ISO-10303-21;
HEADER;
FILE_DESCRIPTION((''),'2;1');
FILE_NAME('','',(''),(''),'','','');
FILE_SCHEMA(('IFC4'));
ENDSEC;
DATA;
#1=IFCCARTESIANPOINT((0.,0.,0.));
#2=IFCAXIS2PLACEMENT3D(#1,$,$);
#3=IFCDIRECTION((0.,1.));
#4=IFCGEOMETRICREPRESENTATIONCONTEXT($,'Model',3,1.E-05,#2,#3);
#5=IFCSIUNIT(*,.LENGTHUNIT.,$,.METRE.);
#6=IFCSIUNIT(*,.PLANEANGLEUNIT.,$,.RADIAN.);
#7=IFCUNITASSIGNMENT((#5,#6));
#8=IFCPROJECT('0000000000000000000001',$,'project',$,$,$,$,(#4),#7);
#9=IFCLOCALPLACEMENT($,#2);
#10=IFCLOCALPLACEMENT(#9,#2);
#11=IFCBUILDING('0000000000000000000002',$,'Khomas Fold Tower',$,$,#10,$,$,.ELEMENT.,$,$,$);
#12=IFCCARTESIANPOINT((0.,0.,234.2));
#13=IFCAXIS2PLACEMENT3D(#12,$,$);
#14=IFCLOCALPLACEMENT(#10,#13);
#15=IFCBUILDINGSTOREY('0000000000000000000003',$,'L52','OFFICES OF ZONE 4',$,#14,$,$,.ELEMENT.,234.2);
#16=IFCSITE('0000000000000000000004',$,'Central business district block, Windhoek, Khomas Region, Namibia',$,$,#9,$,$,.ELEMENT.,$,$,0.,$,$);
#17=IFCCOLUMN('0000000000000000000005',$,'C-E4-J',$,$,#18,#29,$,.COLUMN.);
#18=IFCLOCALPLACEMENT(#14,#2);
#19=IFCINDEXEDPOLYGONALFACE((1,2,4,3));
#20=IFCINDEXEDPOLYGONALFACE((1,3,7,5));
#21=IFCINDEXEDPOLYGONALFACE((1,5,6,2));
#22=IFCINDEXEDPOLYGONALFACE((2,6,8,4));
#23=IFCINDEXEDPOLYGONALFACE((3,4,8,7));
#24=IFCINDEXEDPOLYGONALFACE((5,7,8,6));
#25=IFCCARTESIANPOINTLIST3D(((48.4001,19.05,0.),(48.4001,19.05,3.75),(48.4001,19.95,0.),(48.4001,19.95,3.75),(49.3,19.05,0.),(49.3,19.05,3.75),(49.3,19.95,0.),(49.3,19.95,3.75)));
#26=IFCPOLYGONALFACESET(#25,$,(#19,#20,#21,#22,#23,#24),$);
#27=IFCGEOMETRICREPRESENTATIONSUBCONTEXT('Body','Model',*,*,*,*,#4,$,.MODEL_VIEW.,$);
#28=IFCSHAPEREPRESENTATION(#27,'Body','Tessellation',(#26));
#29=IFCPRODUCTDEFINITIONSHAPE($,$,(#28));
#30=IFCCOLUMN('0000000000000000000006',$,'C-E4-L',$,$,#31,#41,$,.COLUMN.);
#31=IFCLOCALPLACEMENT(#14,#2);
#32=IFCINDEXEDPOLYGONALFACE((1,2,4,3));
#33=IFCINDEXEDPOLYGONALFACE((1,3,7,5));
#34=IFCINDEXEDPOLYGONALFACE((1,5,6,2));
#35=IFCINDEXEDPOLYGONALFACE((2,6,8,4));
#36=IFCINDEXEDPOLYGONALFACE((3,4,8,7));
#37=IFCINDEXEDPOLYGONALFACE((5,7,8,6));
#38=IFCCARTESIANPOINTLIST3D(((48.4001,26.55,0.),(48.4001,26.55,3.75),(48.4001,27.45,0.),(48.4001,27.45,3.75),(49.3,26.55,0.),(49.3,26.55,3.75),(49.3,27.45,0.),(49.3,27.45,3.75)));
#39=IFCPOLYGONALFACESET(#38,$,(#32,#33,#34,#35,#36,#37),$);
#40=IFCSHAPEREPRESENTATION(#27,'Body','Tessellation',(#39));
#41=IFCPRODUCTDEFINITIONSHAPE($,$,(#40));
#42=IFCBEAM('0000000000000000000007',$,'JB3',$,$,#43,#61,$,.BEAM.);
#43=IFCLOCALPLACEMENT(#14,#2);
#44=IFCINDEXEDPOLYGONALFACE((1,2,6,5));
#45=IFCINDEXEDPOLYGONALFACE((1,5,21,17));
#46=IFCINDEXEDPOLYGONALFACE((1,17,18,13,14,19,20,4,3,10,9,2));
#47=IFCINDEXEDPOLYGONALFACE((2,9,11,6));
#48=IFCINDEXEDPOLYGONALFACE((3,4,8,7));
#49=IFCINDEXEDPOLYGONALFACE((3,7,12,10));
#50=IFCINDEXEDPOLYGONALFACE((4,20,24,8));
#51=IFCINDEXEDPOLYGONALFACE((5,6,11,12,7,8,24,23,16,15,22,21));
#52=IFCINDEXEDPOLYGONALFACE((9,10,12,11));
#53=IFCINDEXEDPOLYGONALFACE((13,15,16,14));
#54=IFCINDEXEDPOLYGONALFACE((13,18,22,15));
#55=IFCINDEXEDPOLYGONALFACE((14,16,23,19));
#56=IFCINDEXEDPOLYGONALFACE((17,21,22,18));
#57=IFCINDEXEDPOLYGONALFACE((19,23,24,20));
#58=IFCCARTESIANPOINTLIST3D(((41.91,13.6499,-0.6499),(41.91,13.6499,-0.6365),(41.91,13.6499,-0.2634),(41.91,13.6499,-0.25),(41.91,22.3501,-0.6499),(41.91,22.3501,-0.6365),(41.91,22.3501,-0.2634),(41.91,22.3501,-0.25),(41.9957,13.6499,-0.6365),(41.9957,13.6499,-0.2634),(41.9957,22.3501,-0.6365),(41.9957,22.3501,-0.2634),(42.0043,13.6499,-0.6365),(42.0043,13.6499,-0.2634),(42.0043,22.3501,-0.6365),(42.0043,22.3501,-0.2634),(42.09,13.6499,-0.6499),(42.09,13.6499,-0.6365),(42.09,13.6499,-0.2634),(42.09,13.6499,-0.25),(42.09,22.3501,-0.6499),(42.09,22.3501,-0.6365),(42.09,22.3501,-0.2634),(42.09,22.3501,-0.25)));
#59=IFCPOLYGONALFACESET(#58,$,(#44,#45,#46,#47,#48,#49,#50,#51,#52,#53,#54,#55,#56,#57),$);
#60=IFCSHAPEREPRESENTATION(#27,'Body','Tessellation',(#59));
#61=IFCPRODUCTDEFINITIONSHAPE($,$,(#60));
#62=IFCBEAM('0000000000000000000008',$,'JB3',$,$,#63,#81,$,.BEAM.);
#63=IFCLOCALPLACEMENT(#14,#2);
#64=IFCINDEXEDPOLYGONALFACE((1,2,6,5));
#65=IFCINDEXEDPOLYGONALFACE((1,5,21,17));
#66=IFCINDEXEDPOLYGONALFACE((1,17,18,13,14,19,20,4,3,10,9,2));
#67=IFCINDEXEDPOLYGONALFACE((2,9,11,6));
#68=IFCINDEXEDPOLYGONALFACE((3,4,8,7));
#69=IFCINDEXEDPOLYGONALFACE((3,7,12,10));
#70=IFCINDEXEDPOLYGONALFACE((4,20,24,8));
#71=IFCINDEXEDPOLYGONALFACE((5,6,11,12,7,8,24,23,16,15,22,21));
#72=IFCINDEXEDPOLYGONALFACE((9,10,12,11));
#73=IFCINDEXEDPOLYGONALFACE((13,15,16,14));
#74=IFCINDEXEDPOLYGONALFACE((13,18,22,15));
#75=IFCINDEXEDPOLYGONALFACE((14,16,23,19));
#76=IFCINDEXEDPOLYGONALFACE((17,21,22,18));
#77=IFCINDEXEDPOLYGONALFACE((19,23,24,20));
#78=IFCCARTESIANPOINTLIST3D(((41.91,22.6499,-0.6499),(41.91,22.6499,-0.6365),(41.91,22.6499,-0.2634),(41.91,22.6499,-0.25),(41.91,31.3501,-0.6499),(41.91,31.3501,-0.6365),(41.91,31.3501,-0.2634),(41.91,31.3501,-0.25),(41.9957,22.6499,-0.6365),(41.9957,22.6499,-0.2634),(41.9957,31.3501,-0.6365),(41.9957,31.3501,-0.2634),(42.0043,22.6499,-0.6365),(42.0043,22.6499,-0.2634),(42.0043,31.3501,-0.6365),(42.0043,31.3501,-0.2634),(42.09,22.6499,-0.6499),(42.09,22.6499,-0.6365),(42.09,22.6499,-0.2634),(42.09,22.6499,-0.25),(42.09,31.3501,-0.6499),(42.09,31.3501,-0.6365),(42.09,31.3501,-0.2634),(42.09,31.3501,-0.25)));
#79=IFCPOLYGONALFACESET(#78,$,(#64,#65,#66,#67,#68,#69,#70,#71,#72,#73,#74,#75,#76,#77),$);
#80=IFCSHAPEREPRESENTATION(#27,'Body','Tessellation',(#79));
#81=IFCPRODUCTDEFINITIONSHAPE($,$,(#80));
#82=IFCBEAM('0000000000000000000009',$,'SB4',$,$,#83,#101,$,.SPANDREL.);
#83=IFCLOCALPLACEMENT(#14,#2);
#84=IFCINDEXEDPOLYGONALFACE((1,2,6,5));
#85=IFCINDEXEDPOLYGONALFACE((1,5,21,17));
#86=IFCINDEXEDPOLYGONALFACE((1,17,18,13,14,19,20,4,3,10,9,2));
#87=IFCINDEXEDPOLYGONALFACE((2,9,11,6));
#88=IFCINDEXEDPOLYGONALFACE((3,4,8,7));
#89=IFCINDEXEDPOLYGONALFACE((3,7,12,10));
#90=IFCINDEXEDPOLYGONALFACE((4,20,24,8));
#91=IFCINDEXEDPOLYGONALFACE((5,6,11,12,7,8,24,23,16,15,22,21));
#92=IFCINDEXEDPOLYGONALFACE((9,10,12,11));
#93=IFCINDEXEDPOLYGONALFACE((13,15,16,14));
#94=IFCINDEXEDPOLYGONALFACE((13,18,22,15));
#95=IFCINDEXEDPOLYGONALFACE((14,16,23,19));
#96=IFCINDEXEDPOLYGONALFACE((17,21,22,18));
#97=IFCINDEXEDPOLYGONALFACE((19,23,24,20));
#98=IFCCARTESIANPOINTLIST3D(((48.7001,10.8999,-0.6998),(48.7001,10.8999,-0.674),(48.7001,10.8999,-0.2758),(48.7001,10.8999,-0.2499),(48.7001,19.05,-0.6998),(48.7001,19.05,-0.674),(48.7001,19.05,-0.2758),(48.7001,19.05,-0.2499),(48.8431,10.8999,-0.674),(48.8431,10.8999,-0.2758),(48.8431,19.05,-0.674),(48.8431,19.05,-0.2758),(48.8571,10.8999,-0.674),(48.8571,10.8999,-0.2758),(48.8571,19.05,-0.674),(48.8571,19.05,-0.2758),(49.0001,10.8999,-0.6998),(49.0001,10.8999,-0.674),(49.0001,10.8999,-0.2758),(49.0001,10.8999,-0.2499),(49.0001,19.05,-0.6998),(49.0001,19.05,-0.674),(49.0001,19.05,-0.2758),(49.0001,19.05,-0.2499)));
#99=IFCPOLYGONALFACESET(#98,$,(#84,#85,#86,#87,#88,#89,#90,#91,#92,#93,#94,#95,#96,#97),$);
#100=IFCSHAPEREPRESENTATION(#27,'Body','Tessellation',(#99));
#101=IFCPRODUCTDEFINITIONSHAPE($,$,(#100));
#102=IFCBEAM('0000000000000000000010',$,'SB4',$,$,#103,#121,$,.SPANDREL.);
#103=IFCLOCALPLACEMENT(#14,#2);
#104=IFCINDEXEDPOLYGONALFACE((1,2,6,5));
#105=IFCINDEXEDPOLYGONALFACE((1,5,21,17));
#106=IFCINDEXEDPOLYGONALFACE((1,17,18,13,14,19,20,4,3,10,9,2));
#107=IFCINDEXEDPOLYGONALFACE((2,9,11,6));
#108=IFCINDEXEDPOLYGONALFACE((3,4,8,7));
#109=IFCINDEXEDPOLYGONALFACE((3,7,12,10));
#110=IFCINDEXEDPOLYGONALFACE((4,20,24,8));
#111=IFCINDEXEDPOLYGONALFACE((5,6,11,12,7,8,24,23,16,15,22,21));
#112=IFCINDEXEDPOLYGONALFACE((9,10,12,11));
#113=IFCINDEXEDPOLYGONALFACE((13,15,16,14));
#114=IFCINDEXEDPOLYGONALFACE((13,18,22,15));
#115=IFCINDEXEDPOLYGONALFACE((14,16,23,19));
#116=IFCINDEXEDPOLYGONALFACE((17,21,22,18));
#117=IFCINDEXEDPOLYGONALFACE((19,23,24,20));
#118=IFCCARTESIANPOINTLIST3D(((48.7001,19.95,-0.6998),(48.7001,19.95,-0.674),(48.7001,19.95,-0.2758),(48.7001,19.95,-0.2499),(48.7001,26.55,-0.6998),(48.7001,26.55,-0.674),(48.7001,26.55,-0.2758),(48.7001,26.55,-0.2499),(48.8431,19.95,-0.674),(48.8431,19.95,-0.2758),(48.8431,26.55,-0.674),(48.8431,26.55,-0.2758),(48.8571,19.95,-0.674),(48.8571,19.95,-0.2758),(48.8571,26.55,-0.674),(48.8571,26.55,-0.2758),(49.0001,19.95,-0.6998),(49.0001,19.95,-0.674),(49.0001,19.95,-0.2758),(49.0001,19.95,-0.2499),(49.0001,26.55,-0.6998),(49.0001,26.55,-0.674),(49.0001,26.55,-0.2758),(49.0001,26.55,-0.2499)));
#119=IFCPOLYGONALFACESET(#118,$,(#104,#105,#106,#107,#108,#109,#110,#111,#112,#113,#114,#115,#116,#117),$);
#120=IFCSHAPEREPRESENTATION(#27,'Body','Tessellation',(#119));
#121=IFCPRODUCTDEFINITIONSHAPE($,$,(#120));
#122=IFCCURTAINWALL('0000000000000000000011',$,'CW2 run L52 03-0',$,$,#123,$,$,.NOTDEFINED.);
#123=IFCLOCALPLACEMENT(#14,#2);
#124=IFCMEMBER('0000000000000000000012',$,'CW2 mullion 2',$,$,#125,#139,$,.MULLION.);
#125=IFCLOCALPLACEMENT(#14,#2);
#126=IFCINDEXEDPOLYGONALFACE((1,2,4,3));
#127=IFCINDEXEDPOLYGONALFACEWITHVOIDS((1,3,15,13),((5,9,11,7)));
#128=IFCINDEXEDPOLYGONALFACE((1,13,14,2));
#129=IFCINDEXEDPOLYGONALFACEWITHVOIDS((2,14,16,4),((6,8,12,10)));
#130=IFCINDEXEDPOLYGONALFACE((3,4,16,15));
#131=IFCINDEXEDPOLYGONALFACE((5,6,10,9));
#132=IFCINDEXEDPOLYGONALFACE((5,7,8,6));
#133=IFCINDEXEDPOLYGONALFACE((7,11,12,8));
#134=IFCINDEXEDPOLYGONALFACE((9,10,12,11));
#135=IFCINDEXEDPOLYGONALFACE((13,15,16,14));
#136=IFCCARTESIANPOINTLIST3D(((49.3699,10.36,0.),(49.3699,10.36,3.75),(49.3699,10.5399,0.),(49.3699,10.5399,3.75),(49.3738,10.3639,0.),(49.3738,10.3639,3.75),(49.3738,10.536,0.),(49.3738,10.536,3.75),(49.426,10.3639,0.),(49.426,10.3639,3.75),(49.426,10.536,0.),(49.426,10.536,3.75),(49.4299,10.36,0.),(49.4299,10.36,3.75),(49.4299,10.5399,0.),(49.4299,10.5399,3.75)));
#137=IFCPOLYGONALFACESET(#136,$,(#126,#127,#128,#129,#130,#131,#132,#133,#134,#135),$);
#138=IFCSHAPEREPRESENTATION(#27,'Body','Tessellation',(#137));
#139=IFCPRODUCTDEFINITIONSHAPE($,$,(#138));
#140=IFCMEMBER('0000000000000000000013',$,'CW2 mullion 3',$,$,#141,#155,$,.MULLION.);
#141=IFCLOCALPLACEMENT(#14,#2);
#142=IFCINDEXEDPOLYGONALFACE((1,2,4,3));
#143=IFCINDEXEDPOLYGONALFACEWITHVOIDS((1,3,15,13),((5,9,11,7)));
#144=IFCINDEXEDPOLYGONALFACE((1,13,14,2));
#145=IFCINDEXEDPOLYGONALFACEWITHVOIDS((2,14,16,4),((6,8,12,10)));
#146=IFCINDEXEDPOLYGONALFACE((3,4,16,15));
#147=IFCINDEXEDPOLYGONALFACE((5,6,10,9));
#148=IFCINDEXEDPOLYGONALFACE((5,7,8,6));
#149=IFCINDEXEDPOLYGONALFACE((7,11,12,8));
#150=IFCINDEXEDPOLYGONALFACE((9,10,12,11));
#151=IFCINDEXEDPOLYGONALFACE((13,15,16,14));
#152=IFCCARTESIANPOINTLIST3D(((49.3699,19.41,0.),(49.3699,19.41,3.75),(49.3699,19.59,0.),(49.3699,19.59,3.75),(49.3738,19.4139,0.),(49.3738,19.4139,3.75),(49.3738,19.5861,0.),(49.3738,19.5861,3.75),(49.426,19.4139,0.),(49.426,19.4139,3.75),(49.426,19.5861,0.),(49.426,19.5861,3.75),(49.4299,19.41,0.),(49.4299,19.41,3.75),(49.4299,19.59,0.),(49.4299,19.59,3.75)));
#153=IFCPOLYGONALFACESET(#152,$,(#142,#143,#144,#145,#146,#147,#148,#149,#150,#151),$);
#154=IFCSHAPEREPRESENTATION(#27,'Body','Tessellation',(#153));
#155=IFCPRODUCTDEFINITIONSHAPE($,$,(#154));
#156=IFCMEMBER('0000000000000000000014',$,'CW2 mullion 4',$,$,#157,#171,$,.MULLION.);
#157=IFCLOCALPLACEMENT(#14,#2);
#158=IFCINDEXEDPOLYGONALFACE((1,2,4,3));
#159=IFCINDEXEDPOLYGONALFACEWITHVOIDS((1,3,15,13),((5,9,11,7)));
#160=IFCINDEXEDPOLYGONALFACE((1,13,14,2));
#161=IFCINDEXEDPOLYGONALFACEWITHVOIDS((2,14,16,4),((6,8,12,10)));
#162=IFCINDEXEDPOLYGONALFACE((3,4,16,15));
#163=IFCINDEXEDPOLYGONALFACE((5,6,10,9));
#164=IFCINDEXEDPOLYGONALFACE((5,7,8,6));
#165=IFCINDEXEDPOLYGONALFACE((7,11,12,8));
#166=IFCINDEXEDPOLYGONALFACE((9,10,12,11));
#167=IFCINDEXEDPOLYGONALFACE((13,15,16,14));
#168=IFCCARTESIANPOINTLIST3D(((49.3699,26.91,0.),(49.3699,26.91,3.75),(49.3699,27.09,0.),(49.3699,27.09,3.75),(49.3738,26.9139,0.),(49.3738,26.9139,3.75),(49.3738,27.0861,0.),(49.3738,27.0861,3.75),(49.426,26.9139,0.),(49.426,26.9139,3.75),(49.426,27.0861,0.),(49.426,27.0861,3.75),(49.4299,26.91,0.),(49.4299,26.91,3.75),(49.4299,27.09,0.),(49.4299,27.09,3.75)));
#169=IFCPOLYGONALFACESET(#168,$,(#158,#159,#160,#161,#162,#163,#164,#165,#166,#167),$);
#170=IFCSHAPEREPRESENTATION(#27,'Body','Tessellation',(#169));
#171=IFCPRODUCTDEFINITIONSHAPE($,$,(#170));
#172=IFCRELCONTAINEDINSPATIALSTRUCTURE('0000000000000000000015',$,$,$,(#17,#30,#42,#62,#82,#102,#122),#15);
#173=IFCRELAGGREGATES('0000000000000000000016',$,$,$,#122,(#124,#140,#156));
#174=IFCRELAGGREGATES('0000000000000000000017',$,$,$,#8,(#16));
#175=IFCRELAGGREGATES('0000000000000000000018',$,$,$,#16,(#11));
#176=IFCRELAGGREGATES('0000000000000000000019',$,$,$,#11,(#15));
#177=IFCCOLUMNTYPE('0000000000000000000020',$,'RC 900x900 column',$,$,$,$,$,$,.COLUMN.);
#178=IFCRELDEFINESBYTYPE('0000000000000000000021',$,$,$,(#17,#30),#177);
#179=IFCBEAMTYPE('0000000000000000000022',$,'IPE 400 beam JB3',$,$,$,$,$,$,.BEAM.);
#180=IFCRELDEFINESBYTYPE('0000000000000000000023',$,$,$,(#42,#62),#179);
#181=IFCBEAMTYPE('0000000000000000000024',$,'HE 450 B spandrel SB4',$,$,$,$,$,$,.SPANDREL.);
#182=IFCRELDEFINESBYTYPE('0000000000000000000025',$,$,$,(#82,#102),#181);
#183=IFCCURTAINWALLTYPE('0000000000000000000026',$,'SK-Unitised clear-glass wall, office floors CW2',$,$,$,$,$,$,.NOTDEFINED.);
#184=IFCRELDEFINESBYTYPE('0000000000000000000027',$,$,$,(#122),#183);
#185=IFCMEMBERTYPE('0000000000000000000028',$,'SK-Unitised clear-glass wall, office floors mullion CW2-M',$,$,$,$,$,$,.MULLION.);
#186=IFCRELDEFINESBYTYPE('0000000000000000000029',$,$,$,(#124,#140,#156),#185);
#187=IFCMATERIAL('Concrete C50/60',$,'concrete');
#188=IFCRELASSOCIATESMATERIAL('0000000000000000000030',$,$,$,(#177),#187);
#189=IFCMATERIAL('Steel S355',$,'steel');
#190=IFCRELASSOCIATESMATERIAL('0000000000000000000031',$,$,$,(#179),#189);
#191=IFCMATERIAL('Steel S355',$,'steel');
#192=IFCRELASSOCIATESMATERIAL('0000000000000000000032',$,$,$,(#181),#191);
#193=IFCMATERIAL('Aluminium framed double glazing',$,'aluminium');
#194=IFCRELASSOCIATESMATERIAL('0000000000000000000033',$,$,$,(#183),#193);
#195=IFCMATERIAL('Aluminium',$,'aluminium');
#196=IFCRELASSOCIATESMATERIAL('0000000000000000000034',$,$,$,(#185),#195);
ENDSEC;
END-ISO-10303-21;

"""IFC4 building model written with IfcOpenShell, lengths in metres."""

from ifc_helpers import new_model, si_unit, direction, frame, origin, origin_2d, place, context, subcontext, project, spatial, rectangle, hollow_rectangle, i_section, extrude, source, transform, mapped, material, material_profile, profile_set, type_object, element, aggregate, save


model = new_model("IFC4")

# Units and contexts
model_context = context("Model", 3, precision=1e-05, world=origin(), true_north=direction((0.0, 1.0)))
body_context = subcontext(model_context, "Body", "Model", "MODEL_VIEW")
ifc_project = project(units=[si_unit("LENGTHUNIT", "METRE"), si_unit("PLANEANGLEUNIT", "RADIAN")], contexts=[model_context])

# Site, building, storey
site_placement = place(None, origin())
site = spatial("IfcSite", under=ifc_project, at=site_placement, Name="Central business district block, Windhoek, Khomas Region, Namibia", CompositionType="ELEMENT", RefElevation=0.0)
building_placement = place(site_placement, origin())
building = spatial("IfcBuilding", under=site, at=building_placement, Name="Khomas Fold Tower", CompositionType="ELEMENT")
storey_placement = place(building_placement, frame((0.0, 0.0, 234.2)))
storey = spatial("IfcBuildingStorey", under=building, at=storey_placement, Name="L52", Description="OFFICES OF ZONE 4", CompositionType="ELEMENT", Elevation=234.2)

# Columns
ifc_material_1 = material(Name="Concrete C50/60", Category="concrete")
ifc_material_profile_1 = material_profile(ifc_material_1, rectangle(XDim=0.8999, YDim=0.8999, at=origin_2d()), Name="RC 900x900")
ifc_profile_set_1 = profile_set([ifc_material_profile_1], Name="Concrete C50/60")
column_type = type_object("IfcColumnType", Name="RC 900x900 column", PredefinedType="COLUMN", material=ifc_profile_set_1)
shared_shape_1 = source(origin(), body_context, "Body", "SweptSolid", [
    extrude(rectangle(XDim=0.8999, YDim=0.8999, at=origin_2d()), origin(), (0.0, 0.0, 1.0), 3.75),
])
for number, where, z_axis, x_axis, name in (
    (1, (48.8501, 19.5, 0.0), (0.0, 0.0, 1.0), (1.0, 0.0, 0.0), "C-E4-J"),
    (2, (48.8501, 27.0, 0.0), (0.0, 0.0, 1.0), (1.0, 0.0, 0.0), "C-E4-L"),
):
    element("IfcColumn", number, at=place(storey_placement, frame(where, z_axis=z_axis, x_axis=x_axis)), inside=storey, type_object=column_type, Name=name, PredefinedType="COLUMN", context=body_context, shape_type="MappedRepresentation", body=[
        mapped(shared_shape_1, transform((0.0, 0.0, 0.0))),
    ])

# Beams
ifc_material_2 = material(Name="Steel S355", Category="steel")
ifc_material_profile_2 = material_profile(ifc_material_2, i_section(OverallWidth=0.1799, OverallDepth=0.3999, WebThickness=0.0085, FlangeThickness=0.0134, at=origin_2d()), Name="IPE 400")
ifc_profile_set_2 = profile_set([ifc_material_profile_2], Name="Steel S355")
beam_type_1 = type_object("IfcBeamType", Name="IPE 400 beam JB3", PredefinedType="BEAM", material=ifc_profile_set_2)
shared_shape_2 = source(origin(), body_context, "Body", "SweptSolid", [
    extrude(i_section(OverallWidth=0.1799, OverallDepth=0.3999, WebThickness=0.0085, FlangeThickness=0.0134, at=origin_2d()), origin(), (0.0, 0.0, 1.0), 8.7002),
])
for number, where, z_axis, x_axis, name in (
    (3, (42.0, 13.6499, -0.45), (0.0, 1.0, 0.0), (-1.0, 0.0, 0.0), "JB3"),
    (4, (42.0, 22.6499, -0.45), (0.0, 1.0, 0.0), (-1.0, 0.0, 0.0), "JB3"),
):
    element("IfcBeam", number, at=place(storey_placement, frame(where, z_axis=z_axis, x_axis=x_axis)), inside=storey, type_object=beam_type_1, Name=name, PredefinedType="BEAM", context=body_context, shape_type="MappedRepresentation", body=[
        mapped(shared_shape_2, transform((0.0, 0.0, 0.0))),
    ])
ifc_material_3 = material(Name="Steel S355", Category="steel")
ifc_material_profile_3 = material_profile(ifc_material_3, i_section(OverallWidth=0.3, OverallDepth=0.45, WebThickness=0.0139, FlangeThickness=0.0259, at=origin_2d()), Name="HE 450 B")
ifc_profile_set_3 = profile_set([ifc_material_profile_3], Name="Steel S355")
beam_type_2 = type_object("IfcBeamType", Name="HE 450 B spandrel SB4", PredefinedType="SPANDREL", material=ifc_profile_set_3)
shared_shape_3 = source(origin(), body_context, "Body", "SweptSolid", [
    extrude(i_section(OverallWidth=0.3, OverallDepth=0.45, WebThickness=0.0139, FlangeThickness=0.0259, at=origin_2d()), origin(), (0.0, 0.0, 1.0), 8.1501),
])
beam_1_placement = place(storey_placement, frame((48.8501, 10.8999, -0.4749), z_axis=(0.0, 1.0, 0.0), x_axis=(-1.0, 0.0, 0.0)))
element("IfcBeam", 5, at=beam_1_placement, inside=storey, type_object=beam_type_2, Name="SB4", PredefinedType="SPANDREL", context=body_context, shape_type="MappedRepresentation", body=[
    mapped(shared_shape_3, transform((0.0, 0.0, 0.0))),
])
shared_shape_4 = source(origin(), body_context, "Body", "SweptSolid", [
    extrude(i_section(OverallWidth=0.3, OverallDepth=0.45, WebThickness=0.0139, FlangeThickness=0.0259, at=origin_2d()), origin(), (0.0, 0.0, 1.0), 6.6001),
])
beam_2_placement = place(storey_placement, frame((48.8501, 19.95, -0.4749), z_axis=(0.0, 1.0, 0.0), x_axis=(-1.0, 0.0, 0.0)))
element("IfcBeam", 6, at=beam_2_placement, inside=storey, type_object=beam_type_2, Name="SB4", PredefinedType="SPANDREL", context=body_context, shape_type="MappedRepresentation", body=[
    mapped(shared_shape_4, transform((0.0, 0.0, 0.0))),
])

# Curtain wall, members
ifc_material_4 = material(Name="Aluminium framed double glazing", Category="aluminium")
curtain_wall_type = type_object("IfcCurtainWallType", Name="SK-Unitised clear-glass wall, office floors CW2", PredefinedType="NOTDEFINED", material=ifc_material_4)
curtain_wall_placement = place(storey_placement, origin())
curtain_wall = element("IfcCurtainWall", 7, at=curtain_wall_placement, inside=storey, type_object=curtain_wall_type, Name="CW2 run L52 03-0", PredefinedType="NOTDEFINED")
ifc_material_5 = material(Name="Aluminium", Category="aluminium")
ifc_material_profile_4 = material_profile(ifc_material_5, hollow_rectangle(XDim=0.0601, YDim=0.1799, WallThickness=0.0039, at=origin_2d()), Name="SK-Unitised clear-glass wall, office floors mullion CW2-M")
ifc_profile_set_4 = profile_set([ifc_material_profile_4], Name="Aluminium")
member_type_1 = type_object("IfcMemberType", Name="SK-Unitised clear-glass wall, office floors mullion CW2-M", PredefinedType="MULLION", material=ifc_profile_set_4)
shared_shape_5 = source(origin(), body_context, "Body", "SweptSolid", [
    extrude(hollow_rectangle(XDim=0.0601, YDim=0.1799, WallThickness=0.0039, at=origin_2d()), origin(), (0.0, 0.0, 1.0), 3.75),
])
member_1_placement = place(storey_placement, frame((49.3999, 10.45, 0.0), z_axis=(0.0, 0.0, 1.0), x_axis=(-1.0, 0.0, 0.0)))
member_1 = element("IfcMember", 8, at=member_1_placement, type_object=member_type_1, Name="CW2 mullion 2", PredefinedType="MULLION", context=body_context, shape_type="MappedRepresentation", body=[
    mapped(shared_shape_5, transform((0.0, 0.0, 0.0))),
])
member_2_placement = place(storey_placement, frame((49.3999, 19.5, 0.0), z_axis=(0.0, 0.0, 1.0), x_axis=(-1.0, 0.0, 0.0)))
member_2 = element("IfcMember", 9, at=member_2_placement, type_object=member_type_1, Name="CW2 mullion 3", PredefinedType="MULLION", context=body_context, shape_type="MappedRepresentation", body=[
    mapped(shared_shape_5, transform((0.0, 0.0, 0.0))),
])
member_3_placement = place(storey_placement, frame((49.3999, 27.0, 0.0), z_axis=(0.0, 0.0, 1.0), x_axis=(-1.0, 0.0, 0.0)))
member_3 = element("IfcMember", 10, at=member_3_placement, type_object=member_type_1, Name="CW2 mullion 4", PredefinedType="MULLION", context=body_context, shape_type="MappedRepresentation", body=[
    mapped(shared_shape_5, transform((0.0, 0.0, 0.0))),
])

aggregate(curtain_wall, [member_1, member_2, member_3])

save(model, "model.ifc")
